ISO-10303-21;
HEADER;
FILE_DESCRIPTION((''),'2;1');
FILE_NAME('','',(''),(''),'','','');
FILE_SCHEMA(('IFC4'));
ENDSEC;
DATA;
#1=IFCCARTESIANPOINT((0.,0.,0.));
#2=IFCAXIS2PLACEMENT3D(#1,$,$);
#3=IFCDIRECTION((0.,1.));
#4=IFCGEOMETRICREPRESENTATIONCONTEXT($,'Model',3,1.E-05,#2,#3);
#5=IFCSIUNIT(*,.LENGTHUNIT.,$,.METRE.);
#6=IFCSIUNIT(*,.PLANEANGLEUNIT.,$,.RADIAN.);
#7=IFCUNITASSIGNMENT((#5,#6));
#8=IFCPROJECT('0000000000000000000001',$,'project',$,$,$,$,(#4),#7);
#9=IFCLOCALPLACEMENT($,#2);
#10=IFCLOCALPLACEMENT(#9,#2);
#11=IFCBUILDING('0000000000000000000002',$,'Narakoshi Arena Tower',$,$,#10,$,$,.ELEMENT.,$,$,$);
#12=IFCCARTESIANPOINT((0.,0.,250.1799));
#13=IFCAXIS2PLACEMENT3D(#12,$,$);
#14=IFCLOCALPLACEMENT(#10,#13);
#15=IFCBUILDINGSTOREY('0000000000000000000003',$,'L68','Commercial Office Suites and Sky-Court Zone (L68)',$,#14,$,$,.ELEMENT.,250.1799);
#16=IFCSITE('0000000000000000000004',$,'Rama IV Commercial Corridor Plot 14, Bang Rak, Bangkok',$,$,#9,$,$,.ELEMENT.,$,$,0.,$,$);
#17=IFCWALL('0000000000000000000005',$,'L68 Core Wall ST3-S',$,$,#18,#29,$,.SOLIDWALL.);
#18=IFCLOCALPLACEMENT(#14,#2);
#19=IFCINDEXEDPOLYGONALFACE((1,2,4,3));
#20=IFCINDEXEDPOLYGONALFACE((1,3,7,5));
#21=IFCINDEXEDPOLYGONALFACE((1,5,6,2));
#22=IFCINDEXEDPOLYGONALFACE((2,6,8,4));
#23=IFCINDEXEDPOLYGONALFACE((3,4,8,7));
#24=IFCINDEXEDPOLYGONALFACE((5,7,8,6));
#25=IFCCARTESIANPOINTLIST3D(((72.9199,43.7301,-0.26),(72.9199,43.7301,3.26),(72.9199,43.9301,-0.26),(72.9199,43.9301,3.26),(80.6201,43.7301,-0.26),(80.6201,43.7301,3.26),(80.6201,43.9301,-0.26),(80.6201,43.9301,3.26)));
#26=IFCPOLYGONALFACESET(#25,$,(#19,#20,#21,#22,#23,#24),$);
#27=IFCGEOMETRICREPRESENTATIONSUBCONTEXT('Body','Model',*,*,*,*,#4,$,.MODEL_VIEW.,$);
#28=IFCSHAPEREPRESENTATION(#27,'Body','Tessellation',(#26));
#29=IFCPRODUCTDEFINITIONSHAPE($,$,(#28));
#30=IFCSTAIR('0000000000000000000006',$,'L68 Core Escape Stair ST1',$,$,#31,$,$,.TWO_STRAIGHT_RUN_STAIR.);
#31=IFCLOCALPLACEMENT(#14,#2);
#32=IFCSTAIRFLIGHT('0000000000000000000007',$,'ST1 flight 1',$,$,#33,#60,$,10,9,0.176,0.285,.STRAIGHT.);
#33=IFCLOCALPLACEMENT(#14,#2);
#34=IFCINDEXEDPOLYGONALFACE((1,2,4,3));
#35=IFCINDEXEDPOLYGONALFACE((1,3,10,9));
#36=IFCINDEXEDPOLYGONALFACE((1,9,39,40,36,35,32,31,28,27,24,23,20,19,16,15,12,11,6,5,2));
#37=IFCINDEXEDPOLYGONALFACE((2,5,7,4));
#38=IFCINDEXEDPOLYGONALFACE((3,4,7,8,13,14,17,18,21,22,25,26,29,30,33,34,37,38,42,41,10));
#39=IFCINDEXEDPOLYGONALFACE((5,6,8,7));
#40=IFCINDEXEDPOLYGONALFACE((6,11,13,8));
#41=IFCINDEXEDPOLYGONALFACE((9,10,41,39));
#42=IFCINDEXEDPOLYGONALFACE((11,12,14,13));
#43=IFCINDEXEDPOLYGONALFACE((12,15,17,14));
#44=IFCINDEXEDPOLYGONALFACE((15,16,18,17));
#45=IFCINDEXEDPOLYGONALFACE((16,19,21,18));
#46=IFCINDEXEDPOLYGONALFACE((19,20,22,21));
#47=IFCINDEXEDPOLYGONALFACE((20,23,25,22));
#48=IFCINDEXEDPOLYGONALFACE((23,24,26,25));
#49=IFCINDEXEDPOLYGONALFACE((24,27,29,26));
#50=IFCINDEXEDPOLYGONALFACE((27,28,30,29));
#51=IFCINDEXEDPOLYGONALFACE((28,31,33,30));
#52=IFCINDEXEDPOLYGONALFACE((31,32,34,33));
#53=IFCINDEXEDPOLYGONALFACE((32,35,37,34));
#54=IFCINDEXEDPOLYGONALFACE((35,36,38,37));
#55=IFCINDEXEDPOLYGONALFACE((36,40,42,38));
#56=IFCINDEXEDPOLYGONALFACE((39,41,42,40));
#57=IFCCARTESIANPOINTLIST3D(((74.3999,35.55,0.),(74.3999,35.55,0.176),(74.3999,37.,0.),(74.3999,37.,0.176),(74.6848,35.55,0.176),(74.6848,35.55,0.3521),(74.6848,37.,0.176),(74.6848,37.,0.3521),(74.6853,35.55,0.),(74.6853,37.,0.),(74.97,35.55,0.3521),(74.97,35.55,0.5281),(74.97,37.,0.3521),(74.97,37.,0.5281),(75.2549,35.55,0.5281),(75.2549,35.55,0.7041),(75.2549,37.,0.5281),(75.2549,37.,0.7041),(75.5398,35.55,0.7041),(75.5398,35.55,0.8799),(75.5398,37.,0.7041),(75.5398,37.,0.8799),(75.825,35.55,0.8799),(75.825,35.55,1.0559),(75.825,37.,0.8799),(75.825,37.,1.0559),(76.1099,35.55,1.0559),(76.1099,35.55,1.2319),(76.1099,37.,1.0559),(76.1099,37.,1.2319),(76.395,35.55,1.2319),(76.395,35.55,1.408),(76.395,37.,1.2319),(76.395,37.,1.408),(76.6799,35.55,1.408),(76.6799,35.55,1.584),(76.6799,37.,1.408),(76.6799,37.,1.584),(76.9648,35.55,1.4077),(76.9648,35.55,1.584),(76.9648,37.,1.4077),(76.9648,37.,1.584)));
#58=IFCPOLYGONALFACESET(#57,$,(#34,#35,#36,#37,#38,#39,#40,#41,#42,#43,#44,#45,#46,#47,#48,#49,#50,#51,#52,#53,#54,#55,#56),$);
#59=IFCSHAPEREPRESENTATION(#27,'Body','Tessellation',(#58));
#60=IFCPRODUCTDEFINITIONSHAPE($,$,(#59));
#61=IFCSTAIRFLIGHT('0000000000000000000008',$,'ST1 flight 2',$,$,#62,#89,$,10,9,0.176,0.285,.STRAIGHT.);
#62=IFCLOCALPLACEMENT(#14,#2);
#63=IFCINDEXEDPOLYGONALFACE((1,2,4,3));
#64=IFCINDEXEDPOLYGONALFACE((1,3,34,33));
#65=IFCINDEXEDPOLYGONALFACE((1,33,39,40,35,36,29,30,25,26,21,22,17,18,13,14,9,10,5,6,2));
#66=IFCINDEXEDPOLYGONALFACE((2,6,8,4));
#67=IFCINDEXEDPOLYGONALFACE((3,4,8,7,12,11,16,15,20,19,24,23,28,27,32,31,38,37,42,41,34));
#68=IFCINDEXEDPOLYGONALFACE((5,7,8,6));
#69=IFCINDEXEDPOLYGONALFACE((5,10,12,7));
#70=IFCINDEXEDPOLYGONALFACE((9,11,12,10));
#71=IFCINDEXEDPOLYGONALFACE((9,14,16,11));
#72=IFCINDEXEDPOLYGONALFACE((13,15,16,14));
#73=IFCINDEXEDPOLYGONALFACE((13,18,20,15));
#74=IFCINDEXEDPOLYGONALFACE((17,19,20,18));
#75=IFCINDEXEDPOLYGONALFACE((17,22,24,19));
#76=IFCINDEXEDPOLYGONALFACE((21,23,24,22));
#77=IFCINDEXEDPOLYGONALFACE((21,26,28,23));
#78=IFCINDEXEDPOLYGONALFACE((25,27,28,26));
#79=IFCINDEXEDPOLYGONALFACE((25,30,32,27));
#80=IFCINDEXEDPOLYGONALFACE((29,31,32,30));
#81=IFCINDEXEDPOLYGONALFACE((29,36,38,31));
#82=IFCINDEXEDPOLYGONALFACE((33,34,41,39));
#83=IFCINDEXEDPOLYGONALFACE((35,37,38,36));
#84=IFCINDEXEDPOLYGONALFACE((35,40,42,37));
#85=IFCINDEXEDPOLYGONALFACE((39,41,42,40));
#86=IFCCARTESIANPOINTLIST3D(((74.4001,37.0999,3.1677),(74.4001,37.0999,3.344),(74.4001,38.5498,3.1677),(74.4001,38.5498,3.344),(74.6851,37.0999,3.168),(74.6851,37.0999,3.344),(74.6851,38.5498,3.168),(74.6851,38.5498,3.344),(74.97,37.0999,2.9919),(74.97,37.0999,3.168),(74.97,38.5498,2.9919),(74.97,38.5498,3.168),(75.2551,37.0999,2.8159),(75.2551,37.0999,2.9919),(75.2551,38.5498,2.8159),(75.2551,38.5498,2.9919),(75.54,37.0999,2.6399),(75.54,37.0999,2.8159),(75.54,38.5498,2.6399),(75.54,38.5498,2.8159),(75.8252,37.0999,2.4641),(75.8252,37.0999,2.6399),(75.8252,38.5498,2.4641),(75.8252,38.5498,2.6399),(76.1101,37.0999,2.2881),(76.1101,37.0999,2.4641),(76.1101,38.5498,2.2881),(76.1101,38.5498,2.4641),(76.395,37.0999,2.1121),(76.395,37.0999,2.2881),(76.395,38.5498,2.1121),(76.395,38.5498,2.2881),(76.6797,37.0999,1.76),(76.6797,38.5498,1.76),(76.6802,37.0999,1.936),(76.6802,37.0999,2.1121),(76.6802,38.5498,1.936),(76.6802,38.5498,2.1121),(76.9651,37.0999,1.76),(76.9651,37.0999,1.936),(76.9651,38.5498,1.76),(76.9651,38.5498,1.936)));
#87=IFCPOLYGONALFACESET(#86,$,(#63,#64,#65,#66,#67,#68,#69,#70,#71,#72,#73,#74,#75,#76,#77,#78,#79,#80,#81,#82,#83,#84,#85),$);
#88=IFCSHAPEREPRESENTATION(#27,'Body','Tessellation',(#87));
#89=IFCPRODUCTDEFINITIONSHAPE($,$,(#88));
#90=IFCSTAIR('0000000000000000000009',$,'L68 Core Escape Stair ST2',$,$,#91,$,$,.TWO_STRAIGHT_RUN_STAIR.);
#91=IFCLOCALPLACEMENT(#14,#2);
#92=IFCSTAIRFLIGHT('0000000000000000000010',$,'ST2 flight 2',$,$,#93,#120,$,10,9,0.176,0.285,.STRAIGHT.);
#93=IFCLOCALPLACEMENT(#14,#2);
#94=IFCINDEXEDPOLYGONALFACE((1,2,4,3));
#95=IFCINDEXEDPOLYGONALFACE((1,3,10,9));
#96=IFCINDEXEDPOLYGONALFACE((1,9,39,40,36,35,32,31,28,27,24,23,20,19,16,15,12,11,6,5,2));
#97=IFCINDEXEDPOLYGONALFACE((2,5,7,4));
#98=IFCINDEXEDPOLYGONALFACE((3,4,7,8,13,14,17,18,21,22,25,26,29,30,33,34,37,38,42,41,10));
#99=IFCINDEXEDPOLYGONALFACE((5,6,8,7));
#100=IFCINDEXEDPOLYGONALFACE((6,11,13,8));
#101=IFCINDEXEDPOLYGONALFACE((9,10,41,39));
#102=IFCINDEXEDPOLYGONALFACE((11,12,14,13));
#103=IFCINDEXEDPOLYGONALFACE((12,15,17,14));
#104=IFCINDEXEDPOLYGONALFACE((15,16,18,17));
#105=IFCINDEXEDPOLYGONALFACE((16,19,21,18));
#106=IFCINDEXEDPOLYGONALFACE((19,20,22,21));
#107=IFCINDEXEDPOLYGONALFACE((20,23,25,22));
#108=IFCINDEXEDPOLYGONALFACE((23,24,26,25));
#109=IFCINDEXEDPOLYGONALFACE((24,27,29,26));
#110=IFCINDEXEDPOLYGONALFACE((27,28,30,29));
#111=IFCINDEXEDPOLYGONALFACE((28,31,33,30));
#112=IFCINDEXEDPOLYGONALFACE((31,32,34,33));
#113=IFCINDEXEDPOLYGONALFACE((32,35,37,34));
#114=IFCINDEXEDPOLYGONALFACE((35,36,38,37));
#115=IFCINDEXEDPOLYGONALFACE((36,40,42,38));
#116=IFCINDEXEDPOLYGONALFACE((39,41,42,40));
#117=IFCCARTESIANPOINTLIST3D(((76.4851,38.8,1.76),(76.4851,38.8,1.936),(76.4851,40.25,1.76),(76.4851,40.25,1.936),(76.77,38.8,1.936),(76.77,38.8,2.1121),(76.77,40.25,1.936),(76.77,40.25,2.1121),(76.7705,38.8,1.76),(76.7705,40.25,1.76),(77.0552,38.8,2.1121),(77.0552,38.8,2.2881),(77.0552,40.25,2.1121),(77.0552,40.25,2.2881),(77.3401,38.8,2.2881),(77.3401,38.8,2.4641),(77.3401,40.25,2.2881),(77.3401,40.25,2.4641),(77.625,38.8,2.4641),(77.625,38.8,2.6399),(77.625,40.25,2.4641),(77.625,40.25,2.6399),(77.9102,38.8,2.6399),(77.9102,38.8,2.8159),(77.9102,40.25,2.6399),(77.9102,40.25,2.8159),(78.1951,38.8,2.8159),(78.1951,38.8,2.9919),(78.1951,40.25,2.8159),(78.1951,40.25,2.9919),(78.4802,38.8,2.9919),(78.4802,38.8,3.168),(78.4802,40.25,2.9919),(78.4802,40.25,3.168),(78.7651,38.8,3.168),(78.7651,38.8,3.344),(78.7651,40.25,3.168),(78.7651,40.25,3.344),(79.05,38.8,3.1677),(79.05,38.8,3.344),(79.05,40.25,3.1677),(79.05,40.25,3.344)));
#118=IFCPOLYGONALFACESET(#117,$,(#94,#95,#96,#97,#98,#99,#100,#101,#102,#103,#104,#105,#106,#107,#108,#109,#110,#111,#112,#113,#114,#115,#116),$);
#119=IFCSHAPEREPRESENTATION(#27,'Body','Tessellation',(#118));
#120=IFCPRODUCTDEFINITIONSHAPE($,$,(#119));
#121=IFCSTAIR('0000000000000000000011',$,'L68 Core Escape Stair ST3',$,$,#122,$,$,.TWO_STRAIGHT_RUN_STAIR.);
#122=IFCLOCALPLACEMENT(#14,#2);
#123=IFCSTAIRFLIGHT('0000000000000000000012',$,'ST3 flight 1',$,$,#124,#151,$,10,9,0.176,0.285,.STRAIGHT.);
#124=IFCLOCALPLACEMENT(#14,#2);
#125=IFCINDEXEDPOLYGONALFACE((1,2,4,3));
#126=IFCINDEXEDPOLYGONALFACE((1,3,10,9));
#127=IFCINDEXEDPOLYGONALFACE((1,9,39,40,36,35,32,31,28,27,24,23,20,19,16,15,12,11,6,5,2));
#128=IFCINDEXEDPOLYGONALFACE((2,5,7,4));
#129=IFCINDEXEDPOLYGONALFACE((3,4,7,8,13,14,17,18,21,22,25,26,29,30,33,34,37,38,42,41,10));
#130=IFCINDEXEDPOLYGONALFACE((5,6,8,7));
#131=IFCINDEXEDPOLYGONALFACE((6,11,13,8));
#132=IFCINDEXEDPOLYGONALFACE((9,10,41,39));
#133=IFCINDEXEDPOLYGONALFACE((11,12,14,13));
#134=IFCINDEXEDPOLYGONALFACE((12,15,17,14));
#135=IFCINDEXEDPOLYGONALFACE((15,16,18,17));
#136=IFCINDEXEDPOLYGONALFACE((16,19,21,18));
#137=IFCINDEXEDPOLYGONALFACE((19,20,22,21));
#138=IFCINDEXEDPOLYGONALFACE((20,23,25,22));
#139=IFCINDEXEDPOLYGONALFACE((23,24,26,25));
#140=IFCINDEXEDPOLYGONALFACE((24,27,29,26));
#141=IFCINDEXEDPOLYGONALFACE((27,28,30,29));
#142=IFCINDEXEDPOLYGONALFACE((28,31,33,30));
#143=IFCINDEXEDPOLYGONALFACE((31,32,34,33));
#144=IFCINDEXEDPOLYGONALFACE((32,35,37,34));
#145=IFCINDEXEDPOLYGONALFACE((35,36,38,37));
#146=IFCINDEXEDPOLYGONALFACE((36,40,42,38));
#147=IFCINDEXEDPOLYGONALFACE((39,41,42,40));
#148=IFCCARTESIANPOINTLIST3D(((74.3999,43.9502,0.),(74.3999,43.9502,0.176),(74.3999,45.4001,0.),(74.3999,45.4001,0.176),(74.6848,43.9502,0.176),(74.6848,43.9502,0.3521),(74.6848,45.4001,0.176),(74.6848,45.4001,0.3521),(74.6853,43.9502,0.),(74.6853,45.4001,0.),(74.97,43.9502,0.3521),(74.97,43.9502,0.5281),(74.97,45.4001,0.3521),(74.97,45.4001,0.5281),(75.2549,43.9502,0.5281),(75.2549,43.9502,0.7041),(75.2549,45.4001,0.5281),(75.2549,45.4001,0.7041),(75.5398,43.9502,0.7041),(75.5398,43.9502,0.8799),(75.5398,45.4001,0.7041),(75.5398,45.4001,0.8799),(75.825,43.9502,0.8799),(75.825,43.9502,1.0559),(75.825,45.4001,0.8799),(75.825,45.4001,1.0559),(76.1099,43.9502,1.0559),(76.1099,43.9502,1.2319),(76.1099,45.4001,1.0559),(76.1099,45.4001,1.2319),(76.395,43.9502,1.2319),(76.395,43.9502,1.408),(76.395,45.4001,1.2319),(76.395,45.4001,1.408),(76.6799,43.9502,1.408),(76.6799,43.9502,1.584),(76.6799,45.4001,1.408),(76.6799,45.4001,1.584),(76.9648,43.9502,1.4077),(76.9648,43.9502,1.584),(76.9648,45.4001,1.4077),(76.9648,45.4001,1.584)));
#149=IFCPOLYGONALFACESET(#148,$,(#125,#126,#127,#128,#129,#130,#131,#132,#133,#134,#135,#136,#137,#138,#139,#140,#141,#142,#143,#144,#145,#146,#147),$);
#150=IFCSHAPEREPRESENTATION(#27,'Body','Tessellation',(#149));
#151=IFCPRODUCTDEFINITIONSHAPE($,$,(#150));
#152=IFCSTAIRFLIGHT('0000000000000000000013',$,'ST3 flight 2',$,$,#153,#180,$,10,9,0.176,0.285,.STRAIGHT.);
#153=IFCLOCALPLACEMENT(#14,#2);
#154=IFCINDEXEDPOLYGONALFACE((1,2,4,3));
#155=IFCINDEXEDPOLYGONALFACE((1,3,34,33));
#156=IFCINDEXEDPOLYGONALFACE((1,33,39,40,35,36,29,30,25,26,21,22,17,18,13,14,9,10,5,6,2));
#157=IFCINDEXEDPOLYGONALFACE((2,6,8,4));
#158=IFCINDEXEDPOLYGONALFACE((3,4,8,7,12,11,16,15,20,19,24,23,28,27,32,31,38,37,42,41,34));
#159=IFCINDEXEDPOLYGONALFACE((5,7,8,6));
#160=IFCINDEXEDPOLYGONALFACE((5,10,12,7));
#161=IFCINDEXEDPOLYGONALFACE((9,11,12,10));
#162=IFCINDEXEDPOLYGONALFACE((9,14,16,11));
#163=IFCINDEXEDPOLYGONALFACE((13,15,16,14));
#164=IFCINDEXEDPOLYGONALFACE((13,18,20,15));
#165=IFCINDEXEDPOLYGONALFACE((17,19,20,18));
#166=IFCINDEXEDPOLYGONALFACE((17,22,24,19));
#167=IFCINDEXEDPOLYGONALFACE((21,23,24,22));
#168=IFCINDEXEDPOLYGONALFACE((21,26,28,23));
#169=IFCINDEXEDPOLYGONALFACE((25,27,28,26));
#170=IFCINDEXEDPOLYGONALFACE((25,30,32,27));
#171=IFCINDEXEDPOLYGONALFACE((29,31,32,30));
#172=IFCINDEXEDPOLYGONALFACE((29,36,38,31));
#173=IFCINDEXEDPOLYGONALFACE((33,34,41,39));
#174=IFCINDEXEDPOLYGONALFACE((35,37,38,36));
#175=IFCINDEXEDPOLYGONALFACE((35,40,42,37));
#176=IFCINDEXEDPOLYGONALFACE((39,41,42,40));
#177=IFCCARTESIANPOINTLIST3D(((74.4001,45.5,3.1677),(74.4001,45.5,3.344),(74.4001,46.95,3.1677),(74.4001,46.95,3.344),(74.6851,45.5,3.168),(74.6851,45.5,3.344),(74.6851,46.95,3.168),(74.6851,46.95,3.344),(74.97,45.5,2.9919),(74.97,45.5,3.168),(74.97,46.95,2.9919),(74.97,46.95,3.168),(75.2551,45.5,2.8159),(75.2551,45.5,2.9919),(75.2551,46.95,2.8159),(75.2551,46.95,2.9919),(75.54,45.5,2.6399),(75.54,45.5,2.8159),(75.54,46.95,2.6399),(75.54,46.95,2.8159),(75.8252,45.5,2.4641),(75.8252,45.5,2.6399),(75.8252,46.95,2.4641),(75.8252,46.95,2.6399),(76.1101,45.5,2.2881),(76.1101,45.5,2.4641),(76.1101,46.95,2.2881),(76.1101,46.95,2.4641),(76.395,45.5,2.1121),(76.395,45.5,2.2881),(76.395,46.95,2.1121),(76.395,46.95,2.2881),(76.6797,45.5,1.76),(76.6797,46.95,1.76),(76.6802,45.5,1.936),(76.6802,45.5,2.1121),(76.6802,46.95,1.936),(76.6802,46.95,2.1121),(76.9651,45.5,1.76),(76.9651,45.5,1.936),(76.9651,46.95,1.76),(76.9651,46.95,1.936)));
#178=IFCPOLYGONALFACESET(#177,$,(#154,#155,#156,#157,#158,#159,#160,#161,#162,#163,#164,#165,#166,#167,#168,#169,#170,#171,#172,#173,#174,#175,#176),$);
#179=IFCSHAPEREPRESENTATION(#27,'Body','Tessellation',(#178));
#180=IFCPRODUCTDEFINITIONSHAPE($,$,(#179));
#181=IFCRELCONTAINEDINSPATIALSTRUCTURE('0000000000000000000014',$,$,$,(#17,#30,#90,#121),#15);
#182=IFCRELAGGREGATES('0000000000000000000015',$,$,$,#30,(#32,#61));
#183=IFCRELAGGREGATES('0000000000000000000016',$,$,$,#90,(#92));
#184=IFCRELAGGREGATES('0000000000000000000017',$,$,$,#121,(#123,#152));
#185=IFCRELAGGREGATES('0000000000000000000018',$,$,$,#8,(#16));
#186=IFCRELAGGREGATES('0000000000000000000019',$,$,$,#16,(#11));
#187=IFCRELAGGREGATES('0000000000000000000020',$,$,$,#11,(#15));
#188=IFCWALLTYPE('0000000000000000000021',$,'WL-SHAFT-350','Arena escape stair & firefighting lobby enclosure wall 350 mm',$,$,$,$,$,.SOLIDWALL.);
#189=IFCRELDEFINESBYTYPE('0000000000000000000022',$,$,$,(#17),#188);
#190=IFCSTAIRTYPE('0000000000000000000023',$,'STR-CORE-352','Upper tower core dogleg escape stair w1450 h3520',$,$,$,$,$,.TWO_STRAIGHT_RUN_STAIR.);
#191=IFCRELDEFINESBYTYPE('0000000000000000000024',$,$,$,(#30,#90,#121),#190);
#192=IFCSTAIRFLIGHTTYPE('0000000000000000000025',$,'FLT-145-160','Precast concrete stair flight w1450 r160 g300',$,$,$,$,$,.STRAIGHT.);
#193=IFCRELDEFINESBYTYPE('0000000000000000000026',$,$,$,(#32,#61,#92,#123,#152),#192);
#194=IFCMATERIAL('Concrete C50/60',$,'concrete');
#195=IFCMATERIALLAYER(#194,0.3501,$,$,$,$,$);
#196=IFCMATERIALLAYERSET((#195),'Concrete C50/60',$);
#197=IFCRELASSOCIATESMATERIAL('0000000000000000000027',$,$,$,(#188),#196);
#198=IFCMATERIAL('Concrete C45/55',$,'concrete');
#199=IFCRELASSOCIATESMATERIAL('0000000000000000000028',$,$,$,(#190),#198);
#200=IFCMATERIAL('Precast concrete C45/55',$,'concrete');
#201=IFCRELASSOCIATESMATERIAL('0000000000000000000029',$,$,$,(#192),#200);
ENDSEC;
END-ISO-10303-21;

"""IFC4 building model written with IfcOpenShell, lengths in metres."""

from ifc_helpers import new_model, si_unit, direction, frame, frame_2d, origin, place, context, subcontext, project, spatial, polyline, rectangle, outline, extrude, material, layer, layer_set, type_object, element, aggregate, save


model = new_model("IFC4")

# Units and contexts
model_context = context("Model", 3, precision=1e-05, world=origin(), true_north=direction((0.0, 1.0)))
body_context = subcontext(model_context, "Body", "Model", "MODEL_VIEW")
ifc_project = project(units=[si_unit("LENGTHUNIT", "METRE"), si_unit("PLANEANGLEUNIT", "RADIAN")], contexts=[model_context])

# Site, building, storey
site_placement = place(None, origin())
site = spatial("IfcSite", under=ifc_project, at=site_placement, Name="Rama IV Commercial Corridor Plot 14, Bang Rak, Bangkok", CompositionType="ELEMENT", RefElevation=0.0)
building_placement = place(site_placement, origin())
building = spatial("IfcBuilding", under=site, at=building_placement, Name="Narakoshi Arena Tower", CompositionType="ELEMENT")
storey_placement = place(building_placement, frame((0.0, 0.0, 250.1799)))
storey = spatial("IfcBuildingStorey", under=building, at=storey_placement, Name="L68", Description="Commercial Office Suites and Sky-Court Zone (L68)", CompositionType="ELEMENT", Elevation=250.1799)

# Shared definitions
ifc_material_1 = material(Name="Concrete C50/60", Category="concrete")

# Shared definitions
ifc_material_2 = material(Name="Precast concrete C45/55", Category="concrete")

# Wall
ifc_layer_1 = layer(ifc_material_1, 0.3501)
ifc_layer_set_1 = layer_set([ifc_layer_1], Name="Concrete C50/60")
wall_type_1 = type_object("IfcWallType", Name="WL-SHAFT-350", Description="Arena escape stair & firefighting lobby enclosure wall 350 mm", PredefinedType="SOLIDWALL", material=ifc_layer_set_1)
wall_1_placement = place(storey_placement, frame((72.9199, 43.8301, -0.26), z_axis=(0.0, 0.0, 1.0), x_axis=(1.0, 0.0, 0.0)))
element("IfcWall", 1, at=wall_1_placement, inside=storey, type_object=wall_type_1, Name="L68 Core Wall ST3-S", PredefinedType="SOLIDWALL", context=body_context, shape_type="SweptSolid", body=[
    extrude(rectangle(XDim=7.7002, YDim=0.2, at=frame_2d((3.8501, 0.0))), origin(), (0.0, 0.0, 1.0), 3.52),
])

# Stair, stair flights
ifc_material_3 = material(Name="Concrete C45/55", Category="concrete")
stair_type = type_object("IfcStairType", Name="STR-CORE-352", Description="Upper tower core dogleg escape stair w1450 h3520", PredefinedType="TWO_STRAIGHT_RUN_STAIR", material=ifc_material_3)
stair_1_placement = place(storey_placement, origin())
stair_1 = element("IfcStair", 2, at=stair_1_placement, inside=storey, type_object=stair_type, Name="L68 Core Escape Stair ST1", PredefinedType="TWO_STRAIGHT_RUN_STAIR")
stair_flight_type = type_object("IfcStairFlightType", Name="FLT-145-160", Description="Precast concrete stair flight w1450 r160 g300", PredefinedType="STRAIGHT", material=ifc_material_2)
stair_flight_1_placement = place(storey_placement, frame((74.3999, 36.2749, 0.0), z_axis=(0.0, 0.0, 1.0), x_axis=(1.0, 0.0, 0.0)))
stair_flight_1 = element("IfcStairFlight", 3, at=stair_flight_1_placement, type_object=stair_flight_type, Name="ST1 flight 1", NumberOfRisers=10, NumberOfTreads=9, PredefinedType="STRAIGHT", RiserHeight=0.176, TreadLength=0.285, context=body_context, shape_type="SweptSolid", body=[
    extrude(outline(polyline([(0.0, 0.0), (0.0, 0.176), (0.2849, 0.176), (0.2849, 0.3521), (0.5701, 0.3521), (0.5701, 0.5281), (0.855, 0.5281), (0.855, 0.7041), (1.1399, 0.7041), (1.1399, 0.8799), (1.425, 0.8799), (1.425, 1.0559), (1.71, 1.0559), (1.71, 1.2319), (1.9951, 1.2319), (1.9951, 1.408), (2.28, 1.408), (2.28, 1.584), (2.5649, 1.584), (2.5649, 1.76), (2.5649, 1.4077), (0.2854, 0.0), (0.0, 0.0)])), frame((0.0, 0.7251, 0.0), z_axis=(0.0, -1.0, 0.0), x_axis=(1.0, 0.0, 0.0)), (0.0, 0.0, 1.0), 1.45),
])
stair_flight_2_placement = place(storey_placement, frame((76.9651, 37.825, 1.76), z_axis=(0.0, 0.0, 1.0), x_axis=(-1.0, 0.0, 0.0)))
stair_flight_2 = element("IfcStairFlight", 4, at=stair_flight_2_placement, type_object=stair_flight_type, Name="ST1 flight 2", NumberOfRisers=10, NumberOfTreads=9, PredefinedType="STRAIGHT", RiserHeight=0.176, TreadLength=0.285, context=body_context, shape_type="SweptSolid", body=[
    extrude(outline(polyline([(0.0, 0.0), (0.0, 0.176), (0.2849, 0.176), (0.2849, 0.3521), (0.5701, 0.3521), (0.5701, 0.5281), (0.855, 0.5281), (0.855, 0.7041), (1.1399, 0.7041), (1.1399, 0.8799), (1.425, 0.8799), (1.425, 1.0559), (1.71, 1.0559), (1.71, 1.2319), (1.9951, 1.2319), (1.9951, 1.408), (2.28, 1.408), (2.28, 1.584), (2.5649, 1.584), (2.5649, 1.76), (2.5649, 1.4077), (0.2854, 0.0), (0.0, 0.0)])), frame((0.0, 0.7251, 0.0), z_axis=(0.0, -1.0, 0.0), x_axis=(1.0, 0.0, 0.0)), (0.0, 0.0, 1.0), 1.45),
])
aggregate(stair_1, [stair_flight_1, stair_flight_2])

# Stair, stair flight
stair_2_placement = place(storey_placement, origin())
stair_2 = element("IfcStair", 5, at=stair_2_placement, inside=storey, type_object=stair_type, Name="L68 Core Escape Stair ST2", PredefinedType="TWO_STRAIGHT_RUN_STAIR")
stair_flight_3_placement = place(storey_placement, frame((76.4851, 39.5249, 1.76), z_axis=(0.0, 0.0, 1.0), x_axis=(1.0, 0.0, 0.0)))
stair_flight_3 = element("IfcStairFlight", 6, at=stair_flight_3_placement, type_object=stair_flight_type, Name="ST2 flight 2", NumberOfRisers=10, NumberOfTreads=9, PredefinedType="STRAIGHT", RiserHeight=0.176, TreadLength=0.285, context=body_context, shape_type="SweptSolid", body=[
    extrude(outline(polyline([(0.0, 0.0), (0.0, 0.176), (0.2849, 0.176), (0.2849, 0.3521), (0.5701, 0.3521), (0.5701, 0.5281), (0.855, 0.5281), (0.855, 0.7041), (1.1399, 0.7041), (1.1399, 0.8799), (1.425, 0.8799), (1.425, 1.0559), (1.71, 1.0559), (1.71, 1.2319), (1.9951, 1.2319), (1.9951, 1.408), (2.28, 1.408), (2.28, 1.584), (2.5649, 1.584), (2.5649, 1.76), (2.5649, 1.4077), (0.2854, 0.0), (0.0, 0.0)])), frame((0.0, 0.7251, 0.0), z_axis=(0.0, -1.0, 0.0), x_axis=(1.0, 0.0, 0.0)), (0.0, 0.0, 1.0), 1.45),
])
aggregate(stair_2, [stair_flight_3])

# Stair, stair flights
stair_3_placement = place(storey_placement, origin())
stair_3 = element("IfcStair", 7, at=stair_3_placement, inside=storey, type_object=stair_type, Name="L68 Core Escape Stair ST3", PredefinedType="TWO_STRAIGHT_RUN_STAIR")
stair_flight_4_placement = place(storey_placement, frame((74.3999, 44.675, 0.0), z_axis=(0.0, 0.0, 1.0), x_axis=(1.0, 0.0, 0.0)))
stair_flight_4 = element("IfcStairFlight", 8, at=stair_flight_4_placement, type_object=stair_flight_type, Name="ST3 flight 1", NumberOfRisers=10, NumberOfTreads=9, PredefinedType="STRAIGHT", RiserHeight=0.176, TreadLength=0.285, context=body_context, shape_type="SweptSolid", body=[
    extrude(outline(polyline([(0.0, 0.0), (0.0, 0.176), (0.2849, 0.176), (0.2849, 0.3521), (0.5701, 0.3521), (0.5701, 0.5281), (0.855, 0.5281), (0.855, 0.7041), (1.1399, 0.7041), (1.1399, 0.8799), (1.425, 0.8799), (1.425, 1.0559), (1.71, 1.0559), (1.71, 1.2319), (1.9951, 1.2319), (1.9951, 1.408), (2.28, 1.408), (2.28, 1.584), (2.5649, 1.584), (2.5649, 1.76), (2.5649, 1.4077), (0.2854, 0.0), (0.0, 0.0)])), frame((0.0, 0.7251, 0.0), z_axis=(0.0, -1.0, 0.0), x_axis=(1.0, 0.0, 0.0)), (0.0, 0.0, 1.0), 1.45),
])
stair_flight_5_placement = place(storey_placement, frame((76.9651, 46.2251, 1.76), z_axis=(0.0, 0.0, 1.0), x_axis=(-1.0, 0.0, 0.0)))
stair_flight_5 = element("IfcStairFlight", 9, at=stair_flight_5_placement, type_object=stair_flight_type, Name="ST3 flight 2", NumberOfRisers=10, NumberOfTreads=9, PredefinedType="STRAIGHT", RiserHeight=0.176, TreadLength=0.285, context=body_context, shape_type="SweptSolid", body=[
    extrude(outline(polyline([(0.0, 0.0), (0.0, 0.176), (0.2849, 0.176), (0.2849, 0.3521), (0.5701, 0.3521), (0.5701, 0.5281), (0.855, 0.5281), (0.855, 0.7041), (1.1399, 0.7041), (1.1399, 0.8799), (1.425, 0.8799), (1.425, 1.0559), (1.71, 1.0559), (1.71, 1.2319), (1.9951, 1.2319), (1.9951, 1.408), (2.28, 1.408), (2.28, 1.584), (2.5649, 1.584), (2.5649, 1.76), (2.5649, 1.4077), (0.2854, 0.0), (0.0, 0.0)])), frame((0.0, 0.7251, 0.0), z_axis=(0.0, -1.0, 0.0), x_axis=(1.0, 0.0, 0.0)), (0.0, 0.0, 1.0), 1.45),
])
aggregate(stair_3, [stair_flight_4, stair_flight_5])

save(model, "model.ifc")
